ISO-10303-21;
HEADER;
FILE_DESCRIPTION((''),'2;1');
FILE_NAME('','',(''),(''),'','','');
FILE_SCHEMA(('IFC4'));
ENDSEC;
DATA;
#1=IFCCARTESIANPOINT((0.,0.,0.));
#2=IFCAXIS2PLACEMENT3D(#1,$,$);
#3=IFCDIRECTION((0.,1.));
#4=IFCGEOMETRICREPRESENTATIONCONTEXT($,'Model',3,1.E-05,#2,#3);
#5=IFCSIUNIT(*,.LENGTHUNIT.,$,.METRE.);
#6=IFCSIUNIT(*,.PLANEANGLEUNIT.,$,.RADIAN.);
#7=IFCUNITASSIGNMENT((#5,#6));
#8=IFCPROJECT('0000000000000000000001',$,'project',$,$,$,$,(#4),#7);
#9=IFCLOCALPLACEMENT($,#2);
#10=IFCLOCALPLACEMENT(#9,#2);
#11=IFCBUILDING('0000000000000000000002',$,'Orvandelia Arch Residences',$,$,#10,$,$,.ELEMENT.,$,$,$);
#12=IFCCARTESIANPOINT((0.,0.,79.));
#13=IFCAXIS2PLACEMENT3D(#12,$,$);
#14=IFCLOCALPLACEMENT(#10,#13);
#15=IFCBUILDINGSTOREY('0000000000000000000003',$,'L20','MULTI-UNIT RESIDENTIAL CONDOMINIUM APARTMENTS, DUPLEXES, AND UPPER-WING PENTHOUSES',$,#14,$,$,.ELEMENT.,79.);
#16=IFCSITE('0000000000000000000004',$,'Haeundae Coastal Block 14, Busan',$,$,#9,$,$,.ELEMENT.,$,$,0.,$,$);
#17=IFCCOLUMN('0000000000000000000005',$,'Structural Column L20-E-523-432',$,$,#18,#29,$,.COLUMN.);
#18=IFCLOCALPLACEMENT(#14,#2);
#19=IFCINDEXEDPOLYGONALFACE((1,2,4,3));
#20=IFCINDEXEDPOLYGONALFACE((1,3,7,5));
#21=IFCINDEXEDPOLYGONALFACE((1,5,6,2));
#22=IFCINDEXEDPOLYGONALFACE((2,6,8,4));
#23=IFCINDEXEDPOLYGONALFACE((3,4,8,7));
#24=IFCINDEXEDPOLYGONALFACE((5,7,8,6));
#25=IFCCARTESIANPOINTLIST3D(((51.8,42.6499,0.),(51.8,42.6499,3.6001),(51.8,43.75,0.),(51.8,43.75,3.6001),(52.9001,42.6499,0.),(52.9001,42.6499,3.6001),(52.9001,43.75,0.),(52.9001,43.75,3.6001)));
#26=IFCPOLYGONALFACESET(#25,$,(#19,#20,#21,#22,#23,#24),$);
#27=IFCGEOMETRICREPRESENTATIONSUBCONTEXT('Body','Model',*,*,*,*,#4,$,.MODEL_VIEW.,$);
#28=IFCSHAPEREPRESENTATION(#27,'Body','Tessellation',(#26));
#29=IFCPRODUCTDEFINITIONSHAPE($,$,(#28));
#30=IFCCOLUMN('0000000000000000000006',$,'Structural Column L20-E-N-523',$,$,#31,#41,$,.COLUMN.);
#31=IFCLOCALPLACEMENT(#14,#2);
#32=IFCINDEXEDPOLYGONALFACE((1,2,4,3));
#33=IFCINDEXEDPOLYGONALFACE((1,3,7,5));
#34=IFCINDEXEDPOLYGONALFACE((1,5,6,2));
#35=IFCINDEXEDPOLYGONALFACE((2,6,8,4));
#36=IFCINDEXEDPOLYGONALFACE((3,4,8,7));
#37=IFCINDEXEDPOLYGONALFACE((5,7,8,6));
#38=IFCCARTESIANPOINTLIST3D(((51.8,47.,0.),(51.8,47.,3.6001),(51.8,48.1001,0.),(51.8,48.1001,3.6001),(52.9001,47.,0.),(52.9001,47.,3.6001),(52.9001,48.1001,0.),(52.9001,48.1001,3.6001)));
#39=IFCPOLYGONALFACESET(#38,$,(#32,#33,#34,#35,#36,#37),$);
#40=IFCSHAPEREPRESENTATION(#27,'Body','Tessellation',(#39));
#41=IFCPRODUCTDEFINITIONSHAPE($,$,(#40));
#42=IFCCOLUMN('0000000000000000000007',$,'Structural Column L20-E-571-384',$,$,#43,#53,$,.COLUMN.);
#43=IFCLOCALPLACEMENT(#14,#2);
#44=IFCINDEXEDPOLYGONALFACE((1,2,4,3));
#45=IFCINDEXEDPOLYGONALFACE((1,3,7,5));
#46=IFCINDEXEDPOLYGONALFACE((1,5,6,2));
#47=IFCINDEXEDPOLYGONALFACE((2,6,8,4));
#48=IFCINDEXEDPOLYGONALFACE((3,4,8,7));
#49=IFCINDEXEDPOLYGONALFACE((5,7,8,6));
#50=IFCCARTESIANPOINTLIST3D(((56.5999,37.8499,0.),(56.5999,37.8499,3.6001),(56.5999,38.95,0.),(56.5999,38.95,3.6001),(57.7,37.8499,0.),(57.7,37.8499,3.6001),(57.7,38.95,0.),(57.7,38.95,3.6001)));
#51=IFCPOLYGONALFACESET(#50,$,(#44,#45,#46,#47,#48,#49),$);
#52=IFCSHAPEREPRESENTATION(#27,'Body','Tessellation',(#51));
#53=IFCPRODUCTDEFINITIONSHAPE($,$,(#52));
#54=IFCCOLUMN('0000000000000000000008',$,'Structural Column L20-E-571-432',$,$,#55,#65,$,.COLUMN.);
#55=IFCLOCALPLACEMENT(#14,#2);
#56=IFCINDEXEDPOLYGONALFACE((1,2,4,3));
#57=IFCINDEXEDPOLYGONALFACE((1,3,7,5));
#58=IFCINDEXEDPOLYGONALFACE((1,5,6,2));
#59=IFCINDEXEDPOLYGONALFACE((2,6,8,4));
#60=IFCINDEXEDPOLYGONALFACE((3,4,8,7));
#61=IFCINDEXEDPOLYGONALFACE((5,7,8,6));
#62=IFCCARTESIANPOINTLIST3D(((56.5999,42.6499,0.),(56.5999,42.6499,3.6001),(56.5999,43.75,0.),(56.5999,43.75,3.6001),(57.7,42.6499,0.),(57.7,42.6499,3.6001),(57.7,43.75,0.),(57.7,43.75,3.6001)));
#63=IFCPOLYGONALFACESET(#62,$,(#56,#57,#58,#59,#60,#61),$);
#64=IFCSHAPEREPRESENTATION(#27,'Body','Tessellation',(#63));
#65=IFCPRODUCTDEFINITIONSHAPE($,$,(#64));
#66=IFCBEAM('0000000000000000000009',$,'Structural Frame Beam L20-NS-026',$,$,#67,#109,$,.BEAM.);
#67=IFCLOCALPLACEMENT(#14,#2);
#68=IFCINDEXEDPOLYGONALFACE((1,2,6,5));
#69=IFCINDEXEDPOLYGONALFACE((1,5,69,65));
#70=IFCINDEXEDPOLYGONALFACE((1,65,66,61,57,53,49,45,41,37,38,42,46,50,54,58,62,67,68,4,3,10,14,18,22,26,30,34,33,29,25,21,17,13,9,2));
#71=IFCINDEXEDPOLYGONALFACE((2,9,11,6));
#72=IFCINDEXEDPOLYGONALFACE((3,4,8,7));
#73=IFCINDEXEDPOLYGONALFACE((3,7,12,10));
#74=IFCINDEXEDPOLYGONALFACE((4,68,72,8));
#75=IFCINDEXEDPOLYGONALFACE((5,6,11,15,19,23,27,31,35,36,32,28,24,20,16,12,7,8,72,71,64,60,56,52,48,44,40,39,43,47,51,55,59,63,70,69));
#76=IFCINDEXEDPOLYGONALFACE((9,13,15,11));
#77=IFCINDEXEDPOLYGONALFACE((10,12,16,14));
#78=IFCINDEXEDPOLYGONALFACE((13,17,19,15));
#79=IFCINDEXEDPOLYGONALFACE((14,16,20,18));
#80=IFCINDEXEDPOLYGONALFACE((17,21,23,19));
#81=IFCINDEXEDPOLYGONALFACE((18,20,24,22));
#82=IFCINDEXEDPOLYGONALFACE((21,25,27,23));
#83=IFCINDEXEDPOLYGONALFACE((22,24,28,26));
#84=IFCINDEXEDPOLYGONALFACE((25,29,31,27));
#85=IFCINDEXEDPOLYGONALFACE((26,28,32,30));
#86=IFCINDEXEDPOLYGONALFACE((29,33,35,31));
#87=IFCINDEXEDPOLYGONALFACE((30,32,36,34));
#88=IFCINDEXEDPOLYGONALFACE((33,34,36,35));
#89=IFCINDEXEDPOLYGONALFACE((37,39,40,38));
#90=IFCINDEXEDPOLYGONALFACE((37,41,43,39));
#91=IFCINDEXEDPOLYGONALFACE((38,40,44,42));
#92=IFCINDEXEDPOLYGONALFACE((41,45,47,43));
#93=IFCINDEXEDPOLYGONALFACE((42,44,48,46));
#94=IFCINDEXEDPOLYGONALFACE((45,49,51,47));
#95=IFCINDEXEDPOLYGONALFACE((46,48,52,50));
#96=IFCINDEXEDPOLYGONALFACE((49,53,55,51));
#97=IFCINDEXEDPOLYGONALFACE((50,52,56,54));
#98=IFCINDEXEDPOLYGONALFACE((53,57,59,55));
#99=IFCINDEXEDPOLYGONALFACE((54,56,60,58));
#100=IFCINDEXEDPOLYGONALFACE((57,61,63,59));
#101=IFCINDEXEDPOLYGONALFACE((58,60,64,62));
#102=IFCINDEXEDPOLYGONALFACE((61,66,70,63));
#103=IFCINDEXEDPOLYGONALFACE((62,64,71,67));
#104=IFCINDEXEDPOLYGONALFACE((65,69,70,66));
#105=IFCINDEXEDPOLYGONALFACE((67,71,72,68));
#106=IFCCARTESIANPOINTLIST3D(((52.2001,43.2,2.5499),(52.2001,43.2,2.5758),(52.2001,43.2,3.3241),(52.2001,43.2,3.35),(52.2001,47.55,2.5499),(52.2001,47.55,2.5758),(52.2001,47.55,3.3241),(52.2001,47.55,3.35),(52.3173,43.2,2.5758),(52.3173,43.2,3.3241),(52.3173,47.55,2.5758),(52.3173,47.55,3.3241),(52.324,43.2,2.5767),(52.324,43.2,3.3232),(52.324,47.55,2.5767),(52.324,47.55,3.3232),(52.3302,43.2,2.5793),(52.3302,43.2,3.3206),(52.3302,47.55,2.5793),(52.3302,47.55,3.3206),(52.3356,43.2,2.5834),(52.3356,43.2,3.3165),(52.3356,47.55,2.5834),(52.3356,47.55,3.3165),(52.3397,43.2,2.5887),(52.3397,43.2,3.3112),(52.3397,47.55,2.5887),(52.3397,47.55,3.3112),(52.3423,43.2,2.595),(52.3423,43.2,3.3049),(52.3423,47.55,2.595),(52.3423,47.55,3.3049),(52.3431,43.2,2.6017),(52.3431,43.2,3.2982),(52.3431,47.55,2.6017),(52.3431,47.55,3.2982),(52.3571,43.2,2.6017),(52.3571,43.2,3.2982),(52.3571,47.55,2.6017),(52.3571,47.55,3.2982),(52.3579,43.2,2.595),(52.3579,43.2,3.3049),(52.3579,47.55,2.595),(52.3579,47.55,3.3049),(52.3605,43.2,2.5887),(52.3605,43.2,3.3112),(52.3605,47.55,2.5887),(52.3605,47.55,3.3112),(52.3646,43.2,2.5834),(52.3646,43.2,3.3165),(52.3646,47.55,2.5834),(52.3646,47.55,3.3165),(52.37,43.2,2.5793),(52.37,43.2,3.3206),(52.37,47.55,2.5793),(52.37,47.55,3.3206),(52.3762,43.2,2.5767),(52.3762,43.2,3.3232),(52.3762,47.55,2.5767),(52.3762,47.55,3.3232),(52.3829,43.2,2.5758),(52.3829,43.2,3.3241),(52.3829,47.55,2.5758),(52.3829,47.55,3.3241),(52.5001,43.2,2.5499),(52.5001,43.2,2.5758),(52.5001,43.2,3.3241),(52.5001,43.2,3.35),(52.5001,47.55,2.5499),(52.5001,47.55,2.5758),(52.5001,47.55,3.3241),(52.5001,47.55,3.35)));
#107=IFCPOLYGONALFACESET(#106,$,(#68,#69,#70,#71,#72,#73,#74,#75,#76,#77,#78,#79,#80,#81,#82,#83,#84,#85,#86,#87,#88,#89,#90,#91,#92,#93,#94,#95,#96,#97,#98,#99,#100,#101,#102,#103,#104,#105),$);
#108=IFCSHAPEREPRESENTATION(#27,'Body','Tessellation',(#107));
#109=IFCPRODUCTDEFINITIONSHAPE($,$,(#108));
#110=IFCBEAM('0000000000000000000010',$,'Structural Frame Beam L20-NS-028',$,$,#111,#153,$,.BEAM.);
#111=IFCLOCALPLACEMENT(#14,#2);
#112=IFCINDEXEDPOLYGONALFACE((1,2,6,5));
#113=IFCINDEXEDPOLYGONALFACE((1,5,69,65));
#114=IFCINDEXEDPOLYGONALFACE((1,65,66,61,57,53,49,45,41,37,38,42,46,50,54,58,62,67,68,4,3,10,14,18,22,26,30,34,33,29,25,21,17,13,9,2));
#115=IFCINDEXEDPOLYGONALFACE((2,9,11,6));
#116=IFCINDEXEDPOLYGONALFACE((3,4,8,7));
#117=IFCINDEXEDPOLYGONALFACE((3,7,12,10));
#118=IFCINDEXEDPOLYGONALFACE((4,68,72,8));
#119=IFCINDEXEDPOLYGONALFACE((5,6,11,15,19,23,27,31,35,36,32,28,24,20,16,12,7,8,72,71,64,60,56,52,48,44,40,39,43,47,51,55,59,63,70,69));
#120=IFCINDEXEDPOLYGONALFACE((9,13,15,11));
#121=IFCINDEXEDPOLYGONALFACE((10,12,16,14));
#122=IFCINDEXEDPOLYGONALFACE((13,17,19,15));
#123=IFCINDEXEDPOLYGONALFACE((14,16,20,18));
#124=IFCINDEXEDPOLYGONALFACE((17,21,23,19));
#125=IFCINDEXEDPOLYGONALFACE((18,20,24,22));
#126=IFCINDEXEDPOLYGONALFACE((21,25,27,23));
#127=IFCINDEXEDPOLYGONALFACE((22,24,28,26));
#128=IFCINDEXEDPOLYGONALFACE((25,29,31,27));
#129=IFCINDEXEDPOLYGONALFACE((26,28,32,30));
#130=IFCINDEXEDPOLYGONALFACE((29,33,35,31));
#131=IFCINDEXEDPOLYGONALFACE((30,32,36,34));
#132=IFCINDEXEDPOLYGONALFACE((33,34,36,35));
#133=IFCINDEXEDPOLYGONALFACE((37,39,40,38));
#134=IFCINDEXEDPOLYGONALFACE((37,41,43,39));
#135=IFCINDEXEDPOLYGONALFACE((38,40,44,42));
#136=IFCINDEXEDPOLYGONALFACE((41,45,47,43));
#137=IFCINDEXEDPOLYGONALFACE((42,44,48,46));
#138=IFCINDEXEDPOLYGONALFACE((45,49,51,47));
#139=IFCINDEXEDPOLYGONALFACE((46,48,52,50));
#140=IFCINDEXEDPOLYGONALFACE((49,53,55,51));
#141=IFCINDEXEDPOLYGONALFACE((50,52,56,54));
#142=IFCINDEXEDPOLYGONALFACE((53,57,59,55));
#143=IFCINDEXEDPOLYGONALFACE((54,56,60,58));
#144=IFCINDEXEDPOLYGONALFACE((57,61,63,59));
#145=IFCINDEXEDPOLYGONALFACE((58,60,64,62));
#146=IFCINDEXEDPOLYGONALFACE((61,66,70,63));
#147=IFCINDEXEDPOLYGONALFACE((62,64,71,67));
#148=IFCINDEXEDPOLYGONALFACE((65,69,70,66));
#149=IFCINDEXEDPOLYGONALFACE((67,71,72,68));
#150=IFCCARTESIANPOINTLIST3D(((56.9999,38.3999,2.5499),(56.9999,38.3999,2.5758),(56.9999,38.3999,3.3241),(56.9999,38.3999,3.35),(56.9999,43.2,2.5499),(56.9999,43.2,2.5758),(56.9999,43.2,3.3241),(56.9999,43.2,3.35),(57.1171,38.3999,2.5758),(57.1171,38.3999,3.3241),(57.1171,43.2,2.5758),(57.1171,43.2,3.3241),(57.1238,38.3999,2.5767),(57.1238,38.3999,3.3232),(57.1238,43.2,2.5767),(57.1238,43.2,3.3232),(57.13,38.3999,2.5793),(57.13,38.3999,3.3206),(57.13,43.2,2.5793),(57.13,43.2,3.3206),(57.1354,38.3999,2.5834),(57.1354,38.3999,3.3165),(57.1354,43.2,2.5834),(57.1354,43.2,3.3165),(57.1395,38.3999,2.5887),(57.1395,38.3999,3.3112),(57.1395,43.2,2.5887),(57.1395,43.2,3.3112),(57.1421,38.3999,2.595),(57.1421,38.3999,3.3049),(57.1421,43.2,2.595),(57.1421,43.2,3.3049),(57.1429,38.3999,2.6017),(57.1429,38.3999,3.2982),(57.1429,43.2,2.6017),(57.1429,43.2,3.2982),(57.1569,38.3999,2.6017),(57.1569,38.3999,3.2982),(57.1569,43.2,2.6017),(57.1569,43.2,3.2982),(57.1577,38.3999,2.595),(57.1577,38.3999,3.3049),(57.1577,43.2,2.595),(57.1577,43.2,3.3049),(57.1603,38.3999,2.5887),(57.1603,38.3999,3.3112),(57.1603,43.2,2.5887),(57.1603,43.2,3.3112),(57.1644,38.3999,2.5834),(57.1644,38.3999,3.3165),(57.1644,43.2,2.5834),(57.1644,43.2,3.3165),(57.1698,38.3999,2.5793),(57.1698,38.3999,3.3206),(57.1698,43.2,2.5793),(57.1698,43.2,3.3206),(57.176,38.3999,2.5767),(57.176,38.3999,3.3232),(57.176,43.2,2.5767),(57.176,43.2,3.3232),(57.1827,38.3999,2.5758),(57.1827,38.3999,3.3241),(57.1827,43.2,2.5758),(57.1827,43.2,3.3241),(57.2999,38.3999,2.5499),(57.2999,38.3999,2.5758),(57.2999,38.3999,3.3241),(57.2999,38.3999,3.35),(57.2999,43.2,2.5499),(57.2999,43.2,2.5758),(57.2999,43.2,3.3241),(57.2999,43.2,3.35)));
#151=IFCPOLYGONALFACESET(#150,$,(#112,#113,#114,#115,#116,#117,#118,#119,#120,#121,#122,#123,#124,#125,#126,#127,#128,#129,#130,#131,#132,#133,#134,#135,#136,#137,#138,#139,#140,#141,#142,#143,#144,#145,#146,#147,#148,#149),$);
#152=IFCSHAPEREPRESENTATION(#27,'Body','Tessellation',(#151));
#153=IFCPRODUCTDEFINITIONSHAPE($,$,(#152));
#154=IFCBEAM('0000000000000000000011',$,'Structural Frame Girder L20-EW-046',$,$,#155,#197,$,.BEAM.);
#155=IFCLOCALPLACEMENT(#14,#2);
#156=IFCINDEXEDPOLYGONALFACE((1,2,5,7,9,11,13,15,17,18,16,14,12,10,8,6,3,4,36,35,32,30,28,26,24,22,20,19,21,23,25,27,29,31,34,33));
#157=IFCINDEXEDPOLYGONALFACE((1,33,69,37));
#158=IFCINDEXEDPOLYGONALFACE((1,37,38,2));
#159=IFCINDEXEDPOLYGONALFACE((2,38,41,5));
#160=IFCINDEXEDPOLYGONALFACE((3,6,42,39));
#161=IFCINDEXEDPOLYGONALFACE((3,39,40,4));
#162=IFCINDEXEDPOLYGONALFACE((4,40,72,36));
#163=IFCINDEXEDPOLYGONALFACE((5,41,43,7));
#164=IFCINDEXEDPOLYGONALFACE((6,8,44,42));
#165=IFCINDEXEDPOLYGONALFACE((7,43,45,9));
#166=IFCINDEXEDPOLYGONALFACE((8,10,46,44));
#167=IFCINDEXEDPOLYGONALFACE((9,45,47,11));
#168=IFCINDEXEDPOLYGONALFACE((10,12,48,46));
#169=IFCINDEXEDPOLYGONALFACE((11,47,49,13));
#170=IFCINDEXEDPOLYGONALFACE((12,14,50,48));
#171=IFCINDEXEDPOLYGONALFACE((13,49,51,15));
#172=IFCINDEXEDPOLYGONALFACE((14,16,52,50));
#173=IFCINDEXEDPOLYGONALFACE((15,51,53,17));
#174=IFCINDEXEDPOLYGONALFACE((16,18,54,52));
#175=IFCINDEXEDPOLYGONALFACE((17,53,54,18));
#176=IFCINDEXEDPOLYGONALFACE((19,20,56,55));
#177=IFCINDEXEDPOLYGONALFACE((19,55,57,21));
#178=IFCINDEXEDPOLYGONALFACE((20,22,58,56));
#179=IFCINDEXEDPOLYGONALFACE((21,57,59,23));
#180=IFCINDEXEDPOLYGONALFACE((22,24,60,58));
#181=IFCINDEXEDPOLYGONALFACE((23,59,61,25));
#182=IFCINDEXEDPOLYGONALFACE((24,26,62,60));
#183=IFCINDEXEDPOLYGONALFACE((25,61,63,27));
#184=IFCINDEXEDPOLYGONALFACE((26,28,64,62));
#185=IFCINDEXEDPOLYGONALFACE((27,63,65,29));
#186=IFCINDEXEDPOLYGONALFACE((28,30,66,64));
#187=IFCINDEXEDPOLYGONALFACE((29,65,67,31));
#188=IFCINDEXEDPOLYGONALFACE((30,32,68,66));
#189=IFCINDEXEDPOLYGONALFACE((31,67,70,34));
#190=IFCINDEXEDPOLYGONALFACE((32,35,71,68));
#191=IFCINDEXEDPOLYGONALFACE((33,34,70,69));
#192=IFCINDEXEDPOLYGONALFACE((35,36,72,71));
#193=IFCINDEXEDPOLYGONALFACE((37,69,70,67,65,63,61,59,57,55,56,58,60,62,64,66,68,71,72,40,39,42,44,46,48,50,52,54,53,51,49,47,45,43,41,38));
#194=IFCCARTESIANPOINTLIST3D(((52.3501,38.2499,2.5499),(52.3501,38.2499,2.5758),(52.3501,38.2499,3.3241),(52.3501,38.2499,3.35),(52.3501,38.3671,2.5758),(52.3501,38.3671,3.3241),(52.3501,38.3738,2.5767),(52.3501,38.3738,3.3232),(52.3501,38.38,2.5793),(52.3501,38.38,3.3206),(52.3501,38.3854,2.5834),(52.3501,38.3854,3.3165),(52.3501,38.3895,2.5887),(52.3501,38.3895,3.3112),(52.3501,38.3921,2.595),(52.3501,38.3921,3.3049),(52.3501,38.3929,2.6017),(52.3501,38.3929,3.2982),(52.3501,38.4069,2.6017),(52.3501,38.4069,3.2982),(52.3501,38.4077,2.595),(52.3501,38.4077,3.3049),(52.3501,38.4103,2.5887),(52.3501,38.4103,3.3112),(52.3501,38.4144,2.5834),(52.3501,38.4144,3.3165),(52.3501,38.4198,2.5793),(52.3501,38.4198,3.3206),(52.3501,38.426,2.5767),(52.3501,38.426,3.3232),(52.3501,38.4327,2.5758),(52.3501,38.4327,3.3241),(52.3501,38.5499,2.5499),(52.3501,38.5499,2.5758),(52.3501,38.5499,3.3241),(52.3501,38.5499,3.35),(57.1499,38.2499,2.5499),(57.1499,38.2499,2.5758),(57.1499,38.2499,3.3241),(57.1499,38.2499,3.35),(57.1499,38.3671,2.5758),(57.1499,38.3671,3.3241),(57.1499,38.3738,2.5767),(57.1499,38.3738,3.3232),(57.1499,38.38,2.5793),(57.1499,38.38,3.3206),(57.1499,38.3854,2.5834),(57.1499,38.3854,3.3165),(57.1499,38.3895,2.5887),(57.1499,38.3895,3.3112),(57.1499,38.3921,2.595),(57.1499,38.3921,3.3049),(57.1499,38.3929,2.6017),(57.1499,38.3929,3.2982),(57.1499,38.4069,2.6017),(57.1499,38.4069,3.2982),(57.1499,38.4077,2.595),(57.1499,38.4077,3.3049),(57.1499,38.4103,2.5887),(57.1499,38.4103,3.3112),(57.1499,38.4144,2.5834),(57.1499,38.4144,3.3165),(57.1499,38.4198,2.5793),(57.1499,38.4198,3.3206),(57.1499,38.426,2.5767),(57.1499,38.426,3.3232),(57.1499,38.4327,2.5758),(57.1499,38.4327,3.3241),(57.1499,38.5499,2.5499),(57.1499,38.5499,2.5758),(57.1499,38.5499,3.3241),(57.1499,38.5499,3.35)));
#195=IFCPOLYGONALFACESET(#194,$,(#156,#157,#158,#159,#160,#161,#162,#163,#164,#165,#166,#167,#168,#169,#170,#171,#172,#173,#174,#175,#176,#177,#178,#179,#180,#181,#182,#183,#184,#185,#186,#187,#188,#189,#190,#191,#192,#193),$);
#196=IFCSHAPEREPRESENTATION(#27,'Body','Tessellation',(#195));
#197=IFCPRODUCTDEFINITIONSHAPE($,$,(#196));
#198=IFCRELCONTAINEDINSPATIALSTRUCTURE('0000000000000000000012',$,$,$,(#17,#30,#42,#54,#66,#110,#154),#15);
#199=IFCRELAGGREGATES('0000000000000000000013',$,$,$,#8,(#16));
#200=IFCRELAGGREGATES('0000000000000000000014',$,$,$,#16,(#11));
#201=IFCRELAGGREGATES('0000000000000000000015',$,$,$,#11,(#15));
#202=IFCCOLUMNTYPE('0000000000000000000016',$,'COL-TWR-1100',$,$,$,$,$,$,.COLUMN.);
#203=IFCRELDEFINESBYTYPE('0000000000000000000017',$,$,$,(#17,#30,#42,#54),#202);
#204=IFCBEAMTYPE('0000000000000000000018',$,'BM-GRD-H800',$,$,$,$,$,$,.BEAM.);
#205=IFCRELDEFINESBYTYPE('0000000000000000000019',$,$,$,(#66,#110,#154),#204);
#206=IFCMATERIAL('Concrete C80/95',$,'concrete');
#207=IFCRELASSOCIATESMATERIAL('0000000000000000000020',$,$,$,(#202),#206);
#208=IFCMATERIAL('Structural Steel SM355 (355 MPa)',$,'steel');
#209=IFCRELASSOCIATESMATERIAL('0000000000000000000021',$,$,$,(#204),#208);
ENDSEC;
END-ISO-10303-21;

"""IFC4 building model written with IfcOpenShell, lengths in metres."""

from ifc_helpers import new_model, si_unit, direction, frame, origin, origin_2d, place, context, subcontext, project, spatial, rectangle, i_section, extrude, material, material_profile, profile_set, type_object, element, save


model = new_model("IFC4")

# Units and contexts
model_context = context("Model", 3, precision=1e-05, world=origin(), true_north=direction((0.0, 1.0)))
body_context = subcontext(model_context, "Body", "Model", "MODEL_VIEW")
ifc_project = project(units=[si_unit("LENGTHUNIT", "METRE"), si_unit("PLANEANGLEUNIT", "RADIAN")], contexts=[model_context])

# Site, building, storey
site_placement = place(None, origin())
site = spatial("IfcSite", under=ifc_project, at=site_placement, Name="Haeundae Coastal Block 14, Busan", CompositionType="ELEMENT", RefElevation=0.0)
building_placement = place(site_placement, origin())
building = spatial("IfcBuilding", under=site, at=building_placement, Name="Orvandelia Arch Residences", CompositionType="ELEMENT")
storey_placement = place(building_placement, frame((0.0, 0.0, 79.0)))
storey = spatial("IfcBuildingStorey", under=building, at=storey_placement, Name="L20", Description="MULTI-UNIT RESIDENTIAL CONDOMINIUM APARTMENTS, DUPLEXES, AND UPPER-WING PENTHOUSES", CompositionType="ELEMENT", Elevation=79.0)

# Columns
ifc_material_1 = material(Name="Concrete C80/95", Category="concrete")
ifc_material_profile_1 = material_profile(ifc_material_1, rectangle(XDim=1.1001, YDim=1.1001, at=origin_2d()), Name="Concrete C80/95", Category="concrete")
ifc_profile_set_1 = profile_set([ifc_material_profile_1], Name="Concrete C80/95")
column_type = type_object("IfcColumnType", Name="COL-TWR-1100", PredefinedType="COLUMN", material=ifc_profile_set_1)
for number, where, z_axis, x_axis, name in (
    (1, (52.3501, 43.2, 0.0), (0.0, 0.0, 1.0), (1.0, 0.0, 0.0), "Structural Column L20-E-523-432"),
    (2, (52.3501, 47.55, 0.0), (0.0, 0.0, 1.0), (1.0, 0.0, 0.0), "Structural Column L20-E-N-523"),
    (3, (57.1499, 38.3999, 0.0), (0.0, 0.0, 1.0), (1.0, 0.0, 0.0), "Structural Column L20-E-571-384"),
    (4, (57.1499, 43.2, 0.0), (0.0, 0.0, 1.0), (1.0, 0.0, 0.0), "Structural Column L20-E-571-432"),
):
    element("IfcColumn", number, at=place(storey_placement, frame(where, z_axis=z_axis, x_axis=x_axis)), inside=storey, type_object=column_type, Name=name, PredefinedType="COLUMN", context=body_context, shape_type="SweptSolid", body=[
        extrude(rectangle(XDim=1.1001, YDim=1.1001, at=origin_2d()), origin(), (0.0, 0.0, 1.0), 3.6001),
    ])

# Beams
ifc_material_2 = material(Name="Structural Steel SM355 (355 MPa)", Category="steel")
ifc_material_profile_2 = material_profile(ifc_material_2, i_section(OverallWidth=0.3, OverallDepth=0.8, WebThickness=0.0139, FlangeThickness=0.0259, FilletRadius=0.0259, at=origin_2d()), Name="Structural Steel SM355 (355 MPa)", Category="steel")
ifc_profile_set_2 = profile_set([ifc_material_profile_2], Name="Structural Steel SM355 (355 MPa)")
beam_type = type_object("IfcBeamType", Name="BM-GRD-H800", PredefinedType="BEAM", material=ifc_profile_set_2)
beam_1_placement = place(storey_placement, frame((52.3501, 43.2, 2.95), z_axis=(0.0, 1.0, 0.0), x_axis=(-1.0, 0.0, 0.0)))
element("IfcBeam", 5, at=beam_1_placement, inside=storey, type_object=beam_type, Name="Structural Frame Beam L20-NS-026", PredefinedType="BEAM", context=body_context, shape_type="SweptSolid", body=[
    extrude(i_section(OverallWidth=0.3, OverallDepth=0.8, WebThickness=0.0139, FlangeThickness=0.0259, FilletRadius=0.0259, at=origin_2d()), origin(), (0.0, 0.0, 1.0), 4.3501),
])
beam_2_placement = place(storey_placement, frame((57.1499, 38.3999, 2.95), z_axis=(0.0, 1.0, 0.0), x_axis=(-1.0, 0.0, 0.0)))
element("IfcBeam", 6, at=beam_2_placement, inside=storey, type_object=beam_type, Name="Structural Frame Beam L20-NS-028", PredefinedType="BEAM", context=body_context, shape_type="SweptSolid", body=[
    extrude(i_section(OverallWidth=0.3, OverallDepth=0.8, WebThickness=0.0139, FlangeThickness=0.0259, FilletRadius=0.0259, at=origin_2d()), origin(), (0.0, 0.0, 1.0), 4.8),
])
for number, where, z_axis, x_axis, name in (
    (7, (52.3501, 38.3999, 2.95), (1.0, 0.0, 0.0), (0.0, 1.0, 0.0), "Structural Frame Girder L20-EW-046"),
):
    element("IfcBeam", number, at=place(storey_placement, frame(where, z_axis=z_axis, x_axis=x_axis)), inside=storey, type_object=beam_type, Name=name, PredefinedType="BEAM", context=body_context, shape_type="SweptSolid", body=[
        extrude(i_section(OverallWidth=0.3, OverallDepth=0.8, WebThickness=0.0139, FlangeThickness=0.0259, FilletRadius=0.0259, at=origin_2d()), origin(), (0.0, 0.0, 1.0), 4.7998),
    ])

save(model, "model.ifc")
